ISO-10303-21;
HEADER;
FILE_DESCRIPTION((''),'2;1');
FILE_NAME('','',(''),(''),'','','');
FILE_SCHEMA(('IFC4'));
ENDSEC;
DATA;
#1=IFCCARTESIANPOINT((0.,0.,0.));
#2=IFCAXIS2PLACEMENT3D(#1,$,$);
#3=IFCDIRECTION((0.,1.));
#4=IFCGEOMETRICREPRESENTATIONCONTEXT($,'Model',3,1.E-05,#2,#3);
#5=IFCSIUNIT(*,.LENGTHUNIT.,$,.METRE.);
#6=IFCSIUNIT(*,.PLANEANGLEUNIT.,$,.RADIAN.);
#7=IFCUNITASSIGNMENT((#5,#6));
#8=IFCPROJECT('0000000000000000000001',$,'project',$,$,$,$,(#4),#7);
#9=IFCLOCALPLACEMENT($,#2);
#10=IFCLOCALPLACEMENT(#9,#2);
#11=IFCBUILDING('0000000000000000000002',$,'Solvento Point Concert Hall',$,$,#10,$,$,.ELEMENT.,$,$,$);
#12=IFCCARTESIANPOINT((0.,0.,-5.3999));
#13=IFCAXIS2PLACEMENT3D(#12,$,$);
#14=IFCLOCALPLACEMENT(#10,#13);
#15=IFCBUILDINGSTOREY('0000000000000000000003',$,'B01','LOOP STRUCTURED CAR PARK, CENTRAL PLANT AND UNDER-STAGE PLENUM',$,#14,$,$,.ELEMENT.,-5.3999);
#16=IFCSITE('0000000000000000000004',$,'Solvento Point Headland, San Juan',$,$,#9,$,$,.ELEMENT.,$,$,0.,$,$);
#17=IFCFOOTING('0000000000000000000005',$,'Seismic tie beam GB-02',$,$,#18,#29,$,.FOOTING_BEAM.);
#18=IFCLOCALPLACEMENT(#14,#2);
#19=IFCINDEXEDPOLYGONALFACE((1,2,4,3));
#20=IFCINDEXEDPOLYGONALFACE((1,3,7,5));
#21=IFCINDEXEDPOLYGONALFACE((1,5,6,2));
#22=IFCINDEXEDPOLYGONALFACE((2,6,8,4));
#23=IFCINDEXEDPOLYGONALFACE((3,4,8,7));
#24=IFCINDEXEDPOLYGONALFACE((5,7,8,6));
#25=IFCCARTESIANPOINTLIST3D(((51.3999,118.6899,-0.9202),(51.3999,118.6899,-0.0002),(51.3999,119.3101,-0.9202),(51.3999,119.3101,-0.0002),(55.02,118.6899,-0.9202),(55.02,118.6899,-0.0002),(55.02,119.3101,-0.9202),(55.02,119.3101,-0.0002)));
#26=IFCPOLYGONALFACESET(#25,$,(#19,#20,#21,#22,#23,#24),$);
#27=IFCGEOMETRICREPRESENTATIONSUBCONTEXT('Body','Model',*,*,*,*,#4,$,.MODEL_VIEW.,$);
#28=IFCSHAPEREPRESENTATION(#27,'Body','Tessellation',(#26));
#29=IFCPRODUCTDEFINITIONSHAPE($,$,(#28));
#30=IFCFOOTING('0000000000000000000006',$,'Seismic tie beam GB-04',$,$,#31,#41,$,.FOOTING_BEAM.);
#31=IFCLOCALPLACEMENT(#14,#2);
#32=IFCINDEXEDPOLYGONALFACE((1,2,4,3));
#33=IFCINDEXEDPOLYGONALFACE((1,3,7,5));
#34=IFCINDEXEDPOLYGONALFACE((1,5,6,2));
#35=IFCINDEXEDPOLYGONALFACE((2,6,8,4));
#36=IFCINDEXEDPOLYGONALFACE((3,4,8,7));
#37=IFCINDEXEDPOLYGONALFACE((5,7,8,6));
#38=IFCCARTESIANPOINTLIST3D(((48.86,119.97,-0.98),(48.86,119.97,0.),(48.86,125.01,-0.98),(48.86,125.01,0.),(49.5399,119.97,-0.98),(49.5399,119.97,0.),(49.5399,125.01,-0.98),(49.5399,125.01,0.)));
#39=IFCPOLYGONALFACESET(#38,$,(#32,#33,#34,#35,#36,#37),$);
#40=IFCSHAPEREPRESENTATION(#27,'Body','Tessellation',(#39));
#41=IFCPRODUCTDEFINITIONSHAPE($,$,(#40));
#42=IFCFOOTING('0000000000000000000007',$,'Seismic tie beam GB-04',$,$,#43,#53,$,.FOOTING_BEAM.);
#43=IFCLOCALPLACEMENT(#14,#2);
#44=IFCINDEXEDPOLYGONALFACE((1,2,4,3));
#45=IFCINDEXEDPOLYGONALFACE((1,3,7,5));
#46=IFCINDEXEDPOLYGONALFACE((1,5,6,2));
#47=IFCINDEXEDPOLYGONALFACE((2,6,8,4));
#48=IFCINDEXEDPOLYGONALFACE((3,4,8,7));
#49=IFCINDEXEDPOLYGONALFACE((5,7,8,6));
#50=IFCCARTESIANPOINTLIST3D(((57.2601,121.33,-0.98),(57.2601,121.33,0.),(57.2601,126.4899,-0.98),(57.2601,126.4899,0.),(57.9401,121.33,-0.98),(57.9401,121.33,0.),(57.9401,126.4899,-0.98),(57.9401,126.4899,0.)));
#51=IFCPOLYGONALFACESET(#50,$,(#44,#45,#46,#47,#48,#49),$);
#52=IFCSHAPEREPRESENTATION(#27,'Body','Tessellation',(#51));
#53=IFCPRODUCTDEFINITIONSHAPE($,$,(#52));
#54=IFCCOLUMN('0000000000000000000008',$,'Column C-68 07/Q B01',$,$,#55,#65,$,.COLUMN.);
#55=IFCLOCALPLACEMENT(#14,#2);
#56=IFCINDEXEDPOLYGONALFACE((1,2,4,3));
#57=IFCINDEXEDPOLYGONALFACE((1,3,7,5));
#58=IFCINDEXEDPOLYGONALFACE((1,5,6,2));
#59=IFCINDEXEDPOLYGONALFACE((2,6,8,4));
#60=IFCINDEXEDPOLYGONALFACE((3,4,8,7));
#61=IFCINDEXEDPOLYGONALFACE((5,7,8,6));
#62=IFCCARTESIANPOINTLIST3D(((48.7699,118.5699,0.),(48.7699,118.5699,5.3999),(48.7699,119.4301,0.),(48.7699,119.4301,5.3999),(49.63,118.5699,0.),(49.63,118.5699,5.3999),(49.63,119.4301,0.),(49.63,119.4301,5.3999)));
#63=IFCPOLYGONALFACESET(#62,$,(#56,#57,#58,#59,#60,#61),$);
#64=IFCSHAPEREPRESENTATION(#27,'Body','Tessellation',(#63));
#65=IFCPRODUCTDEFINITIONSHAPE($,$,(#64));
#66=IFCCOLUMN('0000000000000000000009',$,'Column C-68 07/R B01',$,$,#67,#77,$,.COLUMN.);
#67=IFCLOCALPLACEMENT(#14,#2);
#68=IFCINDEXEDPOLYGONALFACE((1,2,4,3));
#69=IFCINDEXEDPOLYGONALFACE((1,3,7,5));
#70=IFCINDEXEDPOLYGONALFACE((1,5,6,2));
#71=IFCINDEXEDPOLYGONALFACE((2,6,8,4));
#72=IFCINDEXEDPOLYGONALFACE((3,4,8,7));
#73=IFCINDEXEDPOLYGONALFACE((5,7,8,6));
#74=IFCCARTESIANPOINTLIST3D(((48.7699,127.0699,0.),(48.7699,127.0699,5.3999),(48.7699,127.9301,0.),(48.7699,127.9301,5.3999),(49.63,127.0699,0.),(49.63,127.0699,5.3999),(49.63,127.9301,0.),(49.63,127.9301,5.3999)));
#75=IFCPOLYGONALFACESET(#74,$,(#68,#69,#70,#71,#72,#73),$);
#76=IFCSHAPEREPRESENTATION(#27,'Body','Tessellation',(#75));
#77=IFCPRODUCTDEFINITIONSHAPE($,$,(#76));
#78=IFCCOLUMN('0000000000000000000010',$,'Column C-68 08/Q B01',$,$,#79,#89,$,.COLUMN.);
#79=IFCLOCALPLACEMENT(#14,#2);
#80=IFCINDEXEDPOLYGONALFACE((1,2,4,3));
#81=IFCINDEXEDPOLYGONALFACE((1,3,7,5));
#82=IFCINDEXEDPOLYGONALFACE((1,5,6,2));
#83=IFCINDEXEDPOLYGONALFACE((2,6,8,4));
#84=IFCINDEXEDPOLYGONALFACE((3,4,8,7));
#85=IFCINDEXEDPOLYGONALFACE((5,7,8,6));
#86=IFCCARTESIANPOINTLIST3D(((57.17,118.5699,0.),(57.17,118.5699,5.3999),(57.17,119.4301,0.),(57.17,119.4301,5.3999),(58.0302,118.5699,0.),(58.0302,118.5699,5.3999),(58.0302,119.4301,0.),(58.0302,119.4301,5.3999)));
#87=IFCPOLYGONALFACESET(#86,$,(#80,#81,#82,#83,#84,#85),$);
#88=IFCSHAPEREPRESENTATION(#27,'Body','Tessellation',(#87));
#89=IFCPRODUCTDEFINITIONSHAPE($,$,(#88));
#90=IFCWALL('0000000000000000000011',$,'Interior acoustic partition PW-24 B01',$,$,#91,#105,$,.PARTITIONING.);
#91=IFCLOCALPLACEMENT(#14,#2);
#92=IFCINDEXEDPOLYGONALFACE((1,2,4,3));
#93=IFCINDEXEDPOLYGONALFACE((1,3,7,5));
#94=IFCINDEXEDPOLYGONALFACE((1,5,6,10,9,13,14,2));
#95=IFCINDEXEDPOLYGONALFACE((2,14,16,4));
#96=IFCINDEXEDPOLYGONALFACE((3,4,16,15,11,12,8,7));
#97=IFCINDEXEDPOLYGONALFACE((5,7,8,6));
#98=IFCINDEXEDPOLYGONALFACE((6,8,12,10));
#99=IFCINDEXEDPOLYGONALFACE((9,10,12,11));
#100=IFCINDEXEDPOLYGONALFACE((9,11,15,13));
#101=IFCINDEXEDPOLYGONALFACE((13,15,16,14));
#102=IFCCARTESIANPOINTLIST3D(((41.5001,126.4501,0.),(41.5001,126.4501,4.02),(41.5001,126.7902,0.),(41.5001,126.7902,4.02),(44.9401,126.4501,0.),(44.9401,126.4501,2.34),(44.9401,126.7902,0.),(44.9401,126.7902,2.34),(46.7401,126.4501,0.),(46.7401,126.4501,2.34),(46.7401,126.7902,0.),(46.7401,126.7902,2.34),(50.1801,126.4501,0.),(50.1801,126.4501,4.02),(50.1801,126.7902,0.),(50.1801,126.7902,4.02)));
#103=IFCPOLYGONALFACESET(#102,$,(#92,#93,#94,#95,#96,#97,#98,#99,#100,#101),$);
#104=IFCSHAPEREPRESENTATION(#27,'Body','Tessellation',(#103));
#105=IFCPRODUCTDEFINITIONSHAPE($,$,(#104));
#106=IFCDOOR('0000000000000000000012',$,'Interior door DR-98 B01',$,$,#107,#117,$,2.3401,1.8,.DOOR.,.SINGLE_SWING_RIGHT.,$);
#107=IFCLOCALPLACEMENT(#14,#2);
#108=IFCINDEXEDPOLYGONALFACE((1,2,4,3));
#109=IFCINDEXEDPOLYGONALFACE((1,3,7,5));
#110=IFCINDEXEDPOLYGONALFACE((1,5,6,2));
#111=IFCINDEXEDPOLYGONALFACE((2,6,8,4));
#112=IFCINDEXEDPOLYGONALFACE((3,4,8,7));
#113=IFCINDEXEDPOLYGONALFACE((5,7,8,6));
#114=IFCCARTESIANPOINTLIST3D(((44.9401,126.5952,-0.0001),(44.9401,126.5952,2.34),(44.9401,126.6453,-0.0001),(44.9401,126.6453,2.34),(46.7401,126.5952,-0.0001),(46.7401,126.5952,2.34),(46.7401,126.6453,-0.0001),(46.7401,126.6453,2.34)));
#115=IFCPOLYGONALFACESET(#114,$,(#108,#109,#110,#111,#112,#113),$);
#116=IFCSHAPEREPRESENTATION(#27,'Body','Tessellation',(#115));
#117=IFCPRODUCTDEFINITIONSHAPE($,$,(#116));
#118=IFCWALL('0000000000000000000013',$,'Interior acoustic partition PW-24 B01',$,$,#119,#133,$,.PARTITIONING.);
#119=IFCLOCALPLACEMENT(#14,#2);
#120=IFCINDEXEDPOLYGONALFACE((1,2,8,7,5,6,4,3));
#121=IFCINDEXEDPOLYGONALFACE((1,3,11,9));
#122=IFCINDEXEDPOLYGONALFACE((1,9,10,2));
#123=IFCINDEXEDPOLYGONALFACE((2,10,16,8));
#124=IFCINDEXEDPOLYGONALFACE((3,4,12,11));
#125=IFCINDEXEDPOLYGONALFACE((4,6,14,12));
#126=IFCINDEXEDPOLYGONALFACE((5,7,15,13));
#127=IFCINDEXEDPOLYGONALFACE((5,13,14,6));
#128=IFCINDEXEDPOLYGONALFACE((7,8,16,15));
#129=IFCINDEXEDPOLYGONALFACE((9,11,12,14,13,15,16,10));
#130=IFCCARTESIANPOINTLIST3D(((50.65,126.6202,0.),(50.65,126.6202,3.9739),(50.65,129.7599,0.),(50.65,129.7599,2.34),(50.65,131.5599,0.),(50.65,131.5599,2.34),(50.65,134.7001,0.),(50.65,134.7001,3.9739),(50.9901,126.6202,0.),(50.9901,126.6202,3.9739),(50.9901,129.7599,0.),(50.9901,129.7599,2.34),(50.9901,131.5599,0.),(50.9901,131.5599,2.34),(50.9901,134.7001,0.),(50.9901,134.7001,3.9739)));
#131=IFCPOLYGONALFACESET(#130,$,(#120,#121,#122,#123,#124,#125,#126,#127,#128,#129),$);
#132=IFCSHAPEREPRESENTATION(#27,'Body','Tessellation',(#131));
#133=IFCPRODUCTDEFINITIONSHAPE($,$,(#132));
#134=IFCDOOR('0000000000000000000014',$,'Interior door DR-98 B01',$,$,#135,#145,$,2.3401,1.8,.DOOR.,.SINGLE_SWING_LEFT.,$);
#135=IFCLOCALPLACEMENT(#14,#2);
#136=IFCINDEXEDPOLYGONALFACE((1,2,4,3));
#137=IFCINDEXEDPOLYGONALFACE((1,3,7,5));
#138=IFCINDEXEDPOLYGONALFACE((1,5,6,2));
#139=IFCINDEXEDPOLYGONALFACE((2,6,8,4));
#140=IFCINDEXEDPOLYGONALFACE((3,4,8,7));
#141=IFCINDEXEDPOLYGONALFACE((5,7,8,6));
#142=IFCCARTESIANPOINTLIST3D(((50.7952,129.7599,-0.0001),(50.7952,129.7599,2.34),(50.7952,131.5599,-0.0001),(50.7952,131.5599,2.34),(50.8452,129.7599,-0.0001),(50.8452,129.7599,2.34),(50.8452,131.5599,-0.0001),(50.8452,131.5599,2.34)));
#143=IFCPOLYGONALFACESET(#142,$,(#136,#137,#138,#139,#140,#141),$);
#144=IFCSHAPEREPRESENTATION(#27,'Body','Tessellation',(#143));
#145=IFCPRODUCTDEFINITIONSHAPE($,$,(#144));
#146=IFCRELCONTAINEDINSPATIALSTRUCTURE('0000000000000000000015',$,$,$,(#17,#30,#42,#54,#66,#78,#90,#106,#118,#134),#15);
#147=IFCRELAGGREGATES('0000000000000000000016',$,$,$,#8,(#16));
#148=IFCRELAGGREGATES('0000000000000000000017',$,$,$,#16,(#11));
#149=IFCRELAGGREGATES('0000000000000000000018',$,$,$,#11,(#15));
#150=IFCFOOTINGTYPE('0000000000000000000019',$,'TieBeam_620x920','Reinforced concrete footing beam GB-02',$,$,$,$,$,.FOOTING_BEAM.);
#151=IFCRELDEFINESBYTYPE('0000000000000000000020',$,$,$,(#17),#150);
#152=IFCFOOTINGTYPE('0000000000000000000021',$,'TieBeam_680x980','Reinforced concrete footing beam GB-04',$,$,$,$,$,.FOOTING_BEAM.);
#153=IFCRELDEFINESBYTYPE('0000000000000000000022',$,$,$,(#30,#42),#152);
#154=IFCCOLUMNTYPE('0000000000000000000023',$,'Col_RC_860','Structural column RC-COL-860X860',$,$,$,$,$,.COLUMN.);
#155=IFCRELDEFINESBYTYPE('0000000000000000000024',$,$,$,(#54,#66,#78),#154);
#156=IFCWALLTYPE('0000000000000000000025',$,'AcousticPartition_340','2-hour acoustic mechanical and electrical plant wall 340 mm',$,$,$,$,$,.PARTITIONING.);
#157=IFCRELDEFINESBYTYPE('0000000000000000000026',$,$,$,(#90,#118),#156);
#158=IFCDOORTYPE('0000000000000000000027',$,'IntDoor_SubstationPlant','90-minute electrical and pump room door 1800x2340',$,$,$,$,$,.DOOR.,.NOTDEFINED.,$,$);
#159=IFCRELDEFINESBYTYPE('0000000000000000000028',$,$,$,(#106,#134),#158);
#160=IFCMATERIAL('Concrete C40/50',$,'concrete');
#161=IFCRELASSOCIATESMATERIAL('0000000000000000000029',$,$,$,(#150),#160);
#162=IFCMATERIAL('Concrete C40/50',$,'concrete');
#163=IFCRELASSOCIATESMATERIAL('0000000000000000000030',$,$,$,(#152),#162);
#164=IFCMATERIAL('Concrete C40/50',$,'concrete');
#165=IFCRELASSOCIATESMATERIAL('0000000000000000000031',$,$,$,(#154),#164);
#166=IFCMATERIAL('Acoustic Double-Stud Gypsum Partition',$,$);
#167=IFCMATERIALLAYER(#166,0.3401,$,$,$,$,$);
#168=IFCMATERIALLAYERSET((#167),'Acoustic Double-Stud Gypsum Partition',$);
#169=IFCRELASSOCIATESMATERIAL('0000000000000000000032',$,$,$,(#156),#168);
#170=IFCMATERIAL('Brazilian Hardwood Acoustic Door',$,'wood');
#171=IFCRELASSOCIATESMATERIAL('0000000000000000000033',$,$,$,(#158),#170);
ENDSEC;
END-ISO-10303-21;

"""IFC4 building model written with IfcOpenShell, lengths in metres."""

from ifc_helpers import new_model, si_unit, direction, frame, frame_2d, origin, origin_2d, place, context, subcontext, project, spatial, rectangle, extrude, material, layer, layer_set, material_profile, profile_set, type_object, element, fill, save


model = new_model("IFC4")

# Units and contexts
model_context = context("Model", 3, precision=1e-05, world=origin(), true_north=direction((0.0, 1.0)))
body_context = subcontext(model_context, "Body", "Model", "MODEL_VIEW")
ifc_project = project(units=[si_unit("LENGTHUNIT", "METRE"), si_unit("PLANEANGLEUNIT", "RADIAN")], contexts=[model_context])

# Site, building, storey
site_placement = place(None, origin())
site = spatial("IfcSite", under=ifc_project, at=site_placement, Name="Solvento Point Headland, San Juan", CompositionType="ELEMENT", RefElevation=0.0)
building_placement = place(site_placement, origin())
building = spatial("IfcBuilding", under=site, at=building_placement, Name="Solvento Point Concert Hall", CompositionType="ELEMENT")
storey_placement = place(building_placement, frame((0.0, 0.0, -5.3999)))
storey = spatial("IfcBuildingStorey", under=building, at=storey_placement, Name="B01", Description="LOOP STRUCTURED CAR PARK, CENTRAL PLANT AND UNDER-STAGE PLENUM", CompositionType="ELEMENT", Elevation=-5.3999)

# Footings
ifc_material_1 = material(Name="Concrete C40/50", Category="concrete")
footing_type_1 = type_object("IfcFootingType", Name="TieBeam_620x920", Description="Reinforced concrete footing beam GB-02", PredefinedType="FOOTING_BEAM", material=ifc_material_1)
footing_1_placement = place(storey_placement, frame((53.21, 119.0, -0.9202), z_axis=(0.0, 0.0, 1.0), x_axis=(1.0, 0.0, 0.0)))
element("IfcFooting", 1, at=footing_1_placement, inside=storey, type_object=footing_type_1, Name="Seismic tie beam GB-02", PredefinedType="FOOTING_BEAM", context=body_context, shape_type="SweptSolid", body=[
    extrude(rectangle(XDim=3.6201, YDim=0.6201, at=origin_2d()), origin(), (0.0, 0.0, 1.0), 0.9199),
])
ifc_material_2 = material(Name="Concrete C40/50", Category="concrete")
footing_type_2 = type_object("IfcFootingType", Name="TieBeam_680x980", Description="Reinforced concrete footing beam GB-04", PredefinedType="FOOTING_BEAM", material=ifc_material_2)
footing_2_placement = place(storey_placement, frame((49.2, 122.49, -0.98), z_axis=(0.0, 0.0, 1.0), x_axis=(0.0, 1.0, 0.0)))
element("IfcFooting", 2, at=footing_2_placement, inside=storey, type_object=footing_type_2, Name="Seismic tie beam GB-04", PredefinedType="FOOTING_BEAM", context=body_context, shape_type="SweptSolid", body=[
    extrude(rectangle(XDim=5.04, YDim=0.6799, at=origin_2d()), origin(), (0.0, 0.0, 1.0), 0.98),
])
footing_3_placement = place(storey_placement, frame((57.6001, 123.9099, -0.98), z_axis=(0.0, 0.0, 1.0), x_axis=(0.0, 1.0, 0.0)))
element("IfcFooting", 3, at=footing_3_placement, inside=storey, type_object=footing_type_2, Name="Seismic tie beam GB-04", PredefinedType="FOOTING_BEAM", context=body_context, shape_type="SweptSolid", body=[
    extrude(rectangle(XDim=5.1599, YDim=0.6799, at=origin_2d()), origin(), (0.0, 0.0, 1.0), 0.98),
])

# Columns
ifc_material_3 = material(Name="Concrete C40/50", Category="concrete")
ifc_material_profile_1 = material_profile(ifc_material_3, rectangle(XDim=0.8601, YDim=0.8601, at=origin_2d()), Name="RC-COL-860X860")
ifc_profile_set_1 = profile_set([ifc_material_profile_1], Name="Concrete C40/50")
column_type = type_object("IfcColumnType", Name="Col_RC_860", Description="Structural column RC-COL-860X860", PredefinedType="COLUMN", material=ifc_profile_set_1)
for number, where, z_axis, x_axis, name in (
    (4, (49.2, 119.0, 0.0), (0.0, 0.0, 1.0), (1.0, 0.0, 0.0), "Column C-68 07/Q B01"),
    (5, (49.2, 127.5, 0.0), (0.0, 0.0, 1.0), (1.0, 0.0, 0.0), "Column C-68 07/R B01"),
    (6, (57.6001, 119.0, 0.0), (0.0, 0.0, 1.0), (1.0, 0.0, 0.0), "Column C-68 08/Q B01"),
):
    element("IfcColumn", number, at=place(storey_placement, frame(where, z_axis=z_axis, x_axis=x_axis)), inside=storey, type_object=column_type, Name=name, PredefinedType="COLUMN", context=body_context, shape_type="SweptSolid", body=[
        extrude(rectangle(XDim=0.8601, YDim=0.8601, at=origin_2d()), origin(), (0.0, 0.0, 1.0), 5.3999),
    ])

# Walls, openings, doors
ifc_material_4 = material(Name="Acoustic Double-Stud Gypsum Partition")
ifc_layer = layer(ifc_material_4, 0.3401)
ifc_layer_set = layer_set([ifc_layer], Name="Acoustic Double-Stud Gypsum Partition")
wall_type = type_object("IfcWallType", Name="AcousticPartition_340", Description="2-hour acoustic mechanical and electrical plant wall 340 mm", PredefinedType="PARTITIONING", material=ifc_layer_set)
wall_1_placement = place(storey_placement, frame((50.1799, 126.6201, 0.0), z_axis=(0.0, 0.0, 1.0), x_axis=(-1.0, 0.0, 0.0)))
wall_1 = element("IfcWall", 7, at=wall_1_placement, inside=storey, type_object=wall_type, Name="Interior acoustic partition PW-24 B01", PredefinedType="PARTITIONING", context=body_context, shape_type="SweptSolid", body=[
    extrude(rectangle(XDim=8.6799, YDim=0.3401, at=frame_2d((4.3398, 0.0))), origin(), (0.0, 0.0, 1.0), 4.02),
])
opening_1_placement = place(wall_1_placement, frame((3.4399, 0.0, 0.0)))
opening_1 = element("IfcOpeningElement", 8, at=opening_1_placement, cuts=wall_1, PredefinedType="OPENING", context=body_context, shape_type="SweptSolid", body=[
    extrude(rectangle(XDim=1.8, YDim=2.3401, at=frame_2d((0.8999, 1.1699))), frame((0.0, 0.1799, 0.0), z_axis=(0.0, -1.0, 0.0), x_axis=(1.0, 0.0, 0.0)), (0.0, 0.0, 1.0), 0.3601),
])
ifc_material_5 = material(Name="Brazilian Hardwood Acoustic Door", Category="wood")
door_type = type_object("IfcDoorType", Name="IntDoor_SubstationPlant", Description="90-minute electrical and pump room door 1800x2340", OperationType="NOTDEFINED", PredefinedType="DOOR", material=ifc_material_5)
door_1_placement = place(opening_1_placement, origin())
door_1 = element("IfcDoor", 9, at=door_1_placement, inside=storey, type_object=door_type, Name="Interior door DR-98 B01", OperationType="SINGLE_SWING_RIGHT", OverallHeight=2.3401, OverallWidth=1.8, PredefinedType="DOOR", context=body_context, shape_type="SweptSolid", body=[
    extrude(rectangle(XDim=1.8, YDim=2.3401, at=frame_2d((0.8999, 1.1699))), frame((0.0, 0.0249, 0.0), z_axis=(0.0, -1.0, 0.0), x_axis=(1.0, 0.0, 0.0)), (0.0, 0.0, 1.0), 0.05),
])
fill(opening_1, door_1)
wall_2_placement = place(storey_placement, frame((50.8201, 126.6201, 0.0), z_axis=(0.0, 0.0, 1.0), x_axis=(0.0, 1.0, 0.0)))
wall_2 = element("IfcWall", 10, at=wall_2_placement, inside=storey, type_object=wall_type, Name="Interior acoustic partition PW-24 B01", PredefinedType="PARTITIONING", context=body_context, shape_type="SweptSolid", body=[
    extrude(rectangle(XDim=8.0798, YDim=0.3401, at=frame_2d((4.04, 0.0))), origin(), (0.0, 0.0, 1.0), 3.9739),
])
opening_2_placement = place(wall_2_placement, frame((3.1399, 0.0, 0.0)))
opening_2 = element("IfcOpeningElement", 11, at=opening_2_placement, cuts=wall_2, PredefinedType="OPENING", context=body_context, shape_type="SweptSolid", body=[
    extrude(rectangle(XDim=1.8, YDim=2.3401, at=frame_2d((0.8999, 1.1699))), frame((0.0, 0.1799, 0.0), z_axis=(0.0, -1.0, 0.0), x_axis=(1.0, 0.0, 0.0)), (0.0, 0.0, 1.0), 0.3601),
])
door_2_placement = place(opening_2_placement, origin())
door_2 = element("IfcDoor", 12, at=door_2_placement, inside=storey, type_object=door_type, Name="Interior door DR-98 B01", OperationType="SINGLE_SWING_LEFT", OverallHeight=2.3401, OverallWidth=1.8, PredefinedType="DOOR", context=body_context, shape_type="SweptSolid", body=[
    extrude(rectangle(XDim=1.8, YDim=2.3401, at=frame_2d((0.8999, 1.1699))), frame((0.0, 0.0249, 0.0), z_axis=(0.0, -1.0, 0.0), x_axis=(1.0, 0.0, 0.0)), (0.0, 0.0, 1.0), 0.05),
])
fill(opening_2, door_2)

save(model, "model.ifc")
